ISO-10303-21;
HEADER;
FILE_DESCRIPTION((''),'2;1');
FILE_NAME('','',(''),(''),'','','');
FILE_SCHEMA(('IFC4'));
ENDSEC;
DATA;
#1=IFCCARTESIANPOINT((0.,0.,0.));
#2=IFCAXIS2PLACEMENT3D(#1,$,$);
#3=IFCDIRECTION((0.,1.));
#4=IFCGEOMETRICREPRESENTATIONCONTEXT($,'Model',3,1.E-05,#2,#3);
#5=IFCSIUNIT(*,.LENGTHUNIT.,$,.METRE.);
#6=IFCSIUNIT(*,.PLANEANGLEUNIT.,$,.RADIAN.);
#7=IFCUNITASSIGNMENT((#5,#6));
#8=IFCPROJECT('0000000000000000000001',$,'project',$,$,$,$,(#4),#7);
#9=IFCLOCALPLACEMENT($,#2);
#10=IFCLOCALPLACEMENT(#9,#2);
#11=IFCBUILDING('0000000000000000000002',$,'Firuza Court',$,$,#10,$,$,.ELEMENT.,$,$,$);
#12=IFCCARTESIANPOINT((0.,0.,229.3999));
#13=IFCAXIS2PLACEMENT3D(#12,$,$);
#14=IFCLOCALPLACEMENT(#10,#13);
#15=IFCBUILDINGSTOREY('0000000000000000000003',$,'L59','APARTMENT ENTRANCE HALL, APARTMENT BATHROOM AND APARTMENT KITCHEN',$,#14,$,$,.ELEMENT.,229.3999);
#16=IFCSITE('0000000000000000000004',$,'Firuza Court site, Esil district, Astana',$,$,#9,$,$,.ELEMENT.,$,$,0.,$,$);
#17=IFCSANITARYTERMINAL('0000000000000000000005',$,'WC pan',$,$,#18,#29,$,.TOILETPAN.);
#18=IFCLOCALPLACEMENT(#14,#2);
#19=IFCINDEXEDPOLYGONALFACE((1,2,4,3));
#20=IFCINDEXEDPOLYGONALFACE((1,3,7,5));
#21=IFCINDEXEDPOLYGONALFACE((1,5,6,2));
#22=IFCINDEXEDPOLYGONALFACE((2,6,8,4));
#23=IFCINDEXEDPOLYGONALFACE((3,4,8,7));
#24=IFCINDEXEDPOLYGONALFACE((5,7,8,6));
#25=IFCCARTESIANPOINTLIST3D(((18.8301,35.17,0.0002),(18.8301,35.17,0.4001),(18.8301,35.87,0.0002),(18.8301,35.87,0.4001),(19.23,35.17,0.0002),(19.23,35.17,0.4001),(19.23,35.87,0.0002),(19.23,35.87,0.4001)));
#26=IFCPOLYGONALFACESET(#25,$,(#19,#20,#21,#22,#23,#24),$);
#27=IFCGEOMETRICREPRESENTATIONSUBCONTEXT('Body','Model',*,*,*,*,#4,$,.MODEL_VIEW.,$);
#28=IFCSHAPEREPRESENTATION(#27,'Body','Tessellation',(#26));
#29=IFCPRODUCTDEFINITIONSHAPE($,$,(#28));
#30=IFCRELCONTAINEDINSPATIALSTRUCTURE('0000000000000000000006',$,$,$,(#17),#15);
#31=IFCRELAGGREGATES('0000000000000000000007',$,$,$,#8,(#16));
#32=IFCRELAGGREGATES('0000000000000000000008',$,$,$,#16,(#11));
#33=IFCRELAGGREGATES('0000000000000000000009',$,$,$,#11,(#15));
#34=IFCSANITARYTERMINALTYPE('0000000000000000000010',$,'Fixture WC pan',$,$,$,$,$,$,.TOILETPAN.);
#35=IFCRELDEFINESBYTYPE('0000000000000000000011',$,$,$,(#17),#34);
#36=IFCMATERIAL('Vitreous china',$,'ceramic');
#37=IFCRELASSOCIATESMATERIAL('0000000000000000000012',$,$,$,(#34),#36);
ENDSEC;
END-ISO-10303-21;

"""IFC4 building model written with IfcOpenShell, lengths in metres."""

from ifc_helpers import new_model, si_unit, direction, frame, origin, origin_2d, place, context, subcontext, project, spatial, rectangle, extrude, material, type_object, element, save


model = new_model("IFC4")

# Units and contexts
model_context = context("Model", 3, precision=1e-05, world=origin(), true_north=direction((0.0, 1.0)))
body_context = subcontext(model_context, "Body", "Model", "MODEL_VIEW")
ifc_project = project(units=[si_unit("LENGTHUNIT", "METRE"), si_unit("PLANEANGLEUNIT", "RADIAN")], contexts=[model_context])

# Site, building, storey
site_placement = place(None, origin())
site = spatial("IfcSite", under=ifc_project, at=site_placement, Name="Firuza Court site, Esil district, Astana", CompositionType="ELEMENT", RefElevation=0.0)
building_placement = place(site_placement, origin())
building = spatial("IfcBuilding", under=site, at=building_placement, Name="Firuza Court", CompositionType="ELEMENT")
storey_placement = place(building_placement, frame((0.0, 0.0, 229.3999)))
storey = spatial("IfcBuildingStorey", under=building, at=storey_placement, Name="L59", Description="APARTMENT ENTRANCE HALL, APARTMENT BATHROOM AND APARTMENT KITCHEN", CompositionType="ELEMENT", Elevation=229.3999)

# Sanitary terminal
ifc_material_1 = material(Name="Vitreous china", Category="ceramic")
sanitary_terminal_type_1 = type_object("IfcSanitaryTerminalType", Name="Fixture WC pan", PredefinedType="TOILETPAN", material=ifc_material_1)
sanitary_terminal_1_placement = place(storey_placement, frame((19.03, 35.52, 0.0002), z_axis=(0.0, 0.0, 1.0), x_axis=(1.0, 0.0, 0.0)))
element("IfcSanitaryTerminal", 1, at=sanitary_terminal_1_placement, inside=storey, type_object=sanitary_terminal_type_1, Name="WC pan", PredefinedType="TOILETPAN", context=body_context, shape_type="SweptSolid", body=[
    extrude(rectangle(XDim=0.3999, YDim=0.7, at=origin_2d()), origin(), (0.0, 0.0, 1.0), 0.3999),
])

save(model, "model.ifc")
